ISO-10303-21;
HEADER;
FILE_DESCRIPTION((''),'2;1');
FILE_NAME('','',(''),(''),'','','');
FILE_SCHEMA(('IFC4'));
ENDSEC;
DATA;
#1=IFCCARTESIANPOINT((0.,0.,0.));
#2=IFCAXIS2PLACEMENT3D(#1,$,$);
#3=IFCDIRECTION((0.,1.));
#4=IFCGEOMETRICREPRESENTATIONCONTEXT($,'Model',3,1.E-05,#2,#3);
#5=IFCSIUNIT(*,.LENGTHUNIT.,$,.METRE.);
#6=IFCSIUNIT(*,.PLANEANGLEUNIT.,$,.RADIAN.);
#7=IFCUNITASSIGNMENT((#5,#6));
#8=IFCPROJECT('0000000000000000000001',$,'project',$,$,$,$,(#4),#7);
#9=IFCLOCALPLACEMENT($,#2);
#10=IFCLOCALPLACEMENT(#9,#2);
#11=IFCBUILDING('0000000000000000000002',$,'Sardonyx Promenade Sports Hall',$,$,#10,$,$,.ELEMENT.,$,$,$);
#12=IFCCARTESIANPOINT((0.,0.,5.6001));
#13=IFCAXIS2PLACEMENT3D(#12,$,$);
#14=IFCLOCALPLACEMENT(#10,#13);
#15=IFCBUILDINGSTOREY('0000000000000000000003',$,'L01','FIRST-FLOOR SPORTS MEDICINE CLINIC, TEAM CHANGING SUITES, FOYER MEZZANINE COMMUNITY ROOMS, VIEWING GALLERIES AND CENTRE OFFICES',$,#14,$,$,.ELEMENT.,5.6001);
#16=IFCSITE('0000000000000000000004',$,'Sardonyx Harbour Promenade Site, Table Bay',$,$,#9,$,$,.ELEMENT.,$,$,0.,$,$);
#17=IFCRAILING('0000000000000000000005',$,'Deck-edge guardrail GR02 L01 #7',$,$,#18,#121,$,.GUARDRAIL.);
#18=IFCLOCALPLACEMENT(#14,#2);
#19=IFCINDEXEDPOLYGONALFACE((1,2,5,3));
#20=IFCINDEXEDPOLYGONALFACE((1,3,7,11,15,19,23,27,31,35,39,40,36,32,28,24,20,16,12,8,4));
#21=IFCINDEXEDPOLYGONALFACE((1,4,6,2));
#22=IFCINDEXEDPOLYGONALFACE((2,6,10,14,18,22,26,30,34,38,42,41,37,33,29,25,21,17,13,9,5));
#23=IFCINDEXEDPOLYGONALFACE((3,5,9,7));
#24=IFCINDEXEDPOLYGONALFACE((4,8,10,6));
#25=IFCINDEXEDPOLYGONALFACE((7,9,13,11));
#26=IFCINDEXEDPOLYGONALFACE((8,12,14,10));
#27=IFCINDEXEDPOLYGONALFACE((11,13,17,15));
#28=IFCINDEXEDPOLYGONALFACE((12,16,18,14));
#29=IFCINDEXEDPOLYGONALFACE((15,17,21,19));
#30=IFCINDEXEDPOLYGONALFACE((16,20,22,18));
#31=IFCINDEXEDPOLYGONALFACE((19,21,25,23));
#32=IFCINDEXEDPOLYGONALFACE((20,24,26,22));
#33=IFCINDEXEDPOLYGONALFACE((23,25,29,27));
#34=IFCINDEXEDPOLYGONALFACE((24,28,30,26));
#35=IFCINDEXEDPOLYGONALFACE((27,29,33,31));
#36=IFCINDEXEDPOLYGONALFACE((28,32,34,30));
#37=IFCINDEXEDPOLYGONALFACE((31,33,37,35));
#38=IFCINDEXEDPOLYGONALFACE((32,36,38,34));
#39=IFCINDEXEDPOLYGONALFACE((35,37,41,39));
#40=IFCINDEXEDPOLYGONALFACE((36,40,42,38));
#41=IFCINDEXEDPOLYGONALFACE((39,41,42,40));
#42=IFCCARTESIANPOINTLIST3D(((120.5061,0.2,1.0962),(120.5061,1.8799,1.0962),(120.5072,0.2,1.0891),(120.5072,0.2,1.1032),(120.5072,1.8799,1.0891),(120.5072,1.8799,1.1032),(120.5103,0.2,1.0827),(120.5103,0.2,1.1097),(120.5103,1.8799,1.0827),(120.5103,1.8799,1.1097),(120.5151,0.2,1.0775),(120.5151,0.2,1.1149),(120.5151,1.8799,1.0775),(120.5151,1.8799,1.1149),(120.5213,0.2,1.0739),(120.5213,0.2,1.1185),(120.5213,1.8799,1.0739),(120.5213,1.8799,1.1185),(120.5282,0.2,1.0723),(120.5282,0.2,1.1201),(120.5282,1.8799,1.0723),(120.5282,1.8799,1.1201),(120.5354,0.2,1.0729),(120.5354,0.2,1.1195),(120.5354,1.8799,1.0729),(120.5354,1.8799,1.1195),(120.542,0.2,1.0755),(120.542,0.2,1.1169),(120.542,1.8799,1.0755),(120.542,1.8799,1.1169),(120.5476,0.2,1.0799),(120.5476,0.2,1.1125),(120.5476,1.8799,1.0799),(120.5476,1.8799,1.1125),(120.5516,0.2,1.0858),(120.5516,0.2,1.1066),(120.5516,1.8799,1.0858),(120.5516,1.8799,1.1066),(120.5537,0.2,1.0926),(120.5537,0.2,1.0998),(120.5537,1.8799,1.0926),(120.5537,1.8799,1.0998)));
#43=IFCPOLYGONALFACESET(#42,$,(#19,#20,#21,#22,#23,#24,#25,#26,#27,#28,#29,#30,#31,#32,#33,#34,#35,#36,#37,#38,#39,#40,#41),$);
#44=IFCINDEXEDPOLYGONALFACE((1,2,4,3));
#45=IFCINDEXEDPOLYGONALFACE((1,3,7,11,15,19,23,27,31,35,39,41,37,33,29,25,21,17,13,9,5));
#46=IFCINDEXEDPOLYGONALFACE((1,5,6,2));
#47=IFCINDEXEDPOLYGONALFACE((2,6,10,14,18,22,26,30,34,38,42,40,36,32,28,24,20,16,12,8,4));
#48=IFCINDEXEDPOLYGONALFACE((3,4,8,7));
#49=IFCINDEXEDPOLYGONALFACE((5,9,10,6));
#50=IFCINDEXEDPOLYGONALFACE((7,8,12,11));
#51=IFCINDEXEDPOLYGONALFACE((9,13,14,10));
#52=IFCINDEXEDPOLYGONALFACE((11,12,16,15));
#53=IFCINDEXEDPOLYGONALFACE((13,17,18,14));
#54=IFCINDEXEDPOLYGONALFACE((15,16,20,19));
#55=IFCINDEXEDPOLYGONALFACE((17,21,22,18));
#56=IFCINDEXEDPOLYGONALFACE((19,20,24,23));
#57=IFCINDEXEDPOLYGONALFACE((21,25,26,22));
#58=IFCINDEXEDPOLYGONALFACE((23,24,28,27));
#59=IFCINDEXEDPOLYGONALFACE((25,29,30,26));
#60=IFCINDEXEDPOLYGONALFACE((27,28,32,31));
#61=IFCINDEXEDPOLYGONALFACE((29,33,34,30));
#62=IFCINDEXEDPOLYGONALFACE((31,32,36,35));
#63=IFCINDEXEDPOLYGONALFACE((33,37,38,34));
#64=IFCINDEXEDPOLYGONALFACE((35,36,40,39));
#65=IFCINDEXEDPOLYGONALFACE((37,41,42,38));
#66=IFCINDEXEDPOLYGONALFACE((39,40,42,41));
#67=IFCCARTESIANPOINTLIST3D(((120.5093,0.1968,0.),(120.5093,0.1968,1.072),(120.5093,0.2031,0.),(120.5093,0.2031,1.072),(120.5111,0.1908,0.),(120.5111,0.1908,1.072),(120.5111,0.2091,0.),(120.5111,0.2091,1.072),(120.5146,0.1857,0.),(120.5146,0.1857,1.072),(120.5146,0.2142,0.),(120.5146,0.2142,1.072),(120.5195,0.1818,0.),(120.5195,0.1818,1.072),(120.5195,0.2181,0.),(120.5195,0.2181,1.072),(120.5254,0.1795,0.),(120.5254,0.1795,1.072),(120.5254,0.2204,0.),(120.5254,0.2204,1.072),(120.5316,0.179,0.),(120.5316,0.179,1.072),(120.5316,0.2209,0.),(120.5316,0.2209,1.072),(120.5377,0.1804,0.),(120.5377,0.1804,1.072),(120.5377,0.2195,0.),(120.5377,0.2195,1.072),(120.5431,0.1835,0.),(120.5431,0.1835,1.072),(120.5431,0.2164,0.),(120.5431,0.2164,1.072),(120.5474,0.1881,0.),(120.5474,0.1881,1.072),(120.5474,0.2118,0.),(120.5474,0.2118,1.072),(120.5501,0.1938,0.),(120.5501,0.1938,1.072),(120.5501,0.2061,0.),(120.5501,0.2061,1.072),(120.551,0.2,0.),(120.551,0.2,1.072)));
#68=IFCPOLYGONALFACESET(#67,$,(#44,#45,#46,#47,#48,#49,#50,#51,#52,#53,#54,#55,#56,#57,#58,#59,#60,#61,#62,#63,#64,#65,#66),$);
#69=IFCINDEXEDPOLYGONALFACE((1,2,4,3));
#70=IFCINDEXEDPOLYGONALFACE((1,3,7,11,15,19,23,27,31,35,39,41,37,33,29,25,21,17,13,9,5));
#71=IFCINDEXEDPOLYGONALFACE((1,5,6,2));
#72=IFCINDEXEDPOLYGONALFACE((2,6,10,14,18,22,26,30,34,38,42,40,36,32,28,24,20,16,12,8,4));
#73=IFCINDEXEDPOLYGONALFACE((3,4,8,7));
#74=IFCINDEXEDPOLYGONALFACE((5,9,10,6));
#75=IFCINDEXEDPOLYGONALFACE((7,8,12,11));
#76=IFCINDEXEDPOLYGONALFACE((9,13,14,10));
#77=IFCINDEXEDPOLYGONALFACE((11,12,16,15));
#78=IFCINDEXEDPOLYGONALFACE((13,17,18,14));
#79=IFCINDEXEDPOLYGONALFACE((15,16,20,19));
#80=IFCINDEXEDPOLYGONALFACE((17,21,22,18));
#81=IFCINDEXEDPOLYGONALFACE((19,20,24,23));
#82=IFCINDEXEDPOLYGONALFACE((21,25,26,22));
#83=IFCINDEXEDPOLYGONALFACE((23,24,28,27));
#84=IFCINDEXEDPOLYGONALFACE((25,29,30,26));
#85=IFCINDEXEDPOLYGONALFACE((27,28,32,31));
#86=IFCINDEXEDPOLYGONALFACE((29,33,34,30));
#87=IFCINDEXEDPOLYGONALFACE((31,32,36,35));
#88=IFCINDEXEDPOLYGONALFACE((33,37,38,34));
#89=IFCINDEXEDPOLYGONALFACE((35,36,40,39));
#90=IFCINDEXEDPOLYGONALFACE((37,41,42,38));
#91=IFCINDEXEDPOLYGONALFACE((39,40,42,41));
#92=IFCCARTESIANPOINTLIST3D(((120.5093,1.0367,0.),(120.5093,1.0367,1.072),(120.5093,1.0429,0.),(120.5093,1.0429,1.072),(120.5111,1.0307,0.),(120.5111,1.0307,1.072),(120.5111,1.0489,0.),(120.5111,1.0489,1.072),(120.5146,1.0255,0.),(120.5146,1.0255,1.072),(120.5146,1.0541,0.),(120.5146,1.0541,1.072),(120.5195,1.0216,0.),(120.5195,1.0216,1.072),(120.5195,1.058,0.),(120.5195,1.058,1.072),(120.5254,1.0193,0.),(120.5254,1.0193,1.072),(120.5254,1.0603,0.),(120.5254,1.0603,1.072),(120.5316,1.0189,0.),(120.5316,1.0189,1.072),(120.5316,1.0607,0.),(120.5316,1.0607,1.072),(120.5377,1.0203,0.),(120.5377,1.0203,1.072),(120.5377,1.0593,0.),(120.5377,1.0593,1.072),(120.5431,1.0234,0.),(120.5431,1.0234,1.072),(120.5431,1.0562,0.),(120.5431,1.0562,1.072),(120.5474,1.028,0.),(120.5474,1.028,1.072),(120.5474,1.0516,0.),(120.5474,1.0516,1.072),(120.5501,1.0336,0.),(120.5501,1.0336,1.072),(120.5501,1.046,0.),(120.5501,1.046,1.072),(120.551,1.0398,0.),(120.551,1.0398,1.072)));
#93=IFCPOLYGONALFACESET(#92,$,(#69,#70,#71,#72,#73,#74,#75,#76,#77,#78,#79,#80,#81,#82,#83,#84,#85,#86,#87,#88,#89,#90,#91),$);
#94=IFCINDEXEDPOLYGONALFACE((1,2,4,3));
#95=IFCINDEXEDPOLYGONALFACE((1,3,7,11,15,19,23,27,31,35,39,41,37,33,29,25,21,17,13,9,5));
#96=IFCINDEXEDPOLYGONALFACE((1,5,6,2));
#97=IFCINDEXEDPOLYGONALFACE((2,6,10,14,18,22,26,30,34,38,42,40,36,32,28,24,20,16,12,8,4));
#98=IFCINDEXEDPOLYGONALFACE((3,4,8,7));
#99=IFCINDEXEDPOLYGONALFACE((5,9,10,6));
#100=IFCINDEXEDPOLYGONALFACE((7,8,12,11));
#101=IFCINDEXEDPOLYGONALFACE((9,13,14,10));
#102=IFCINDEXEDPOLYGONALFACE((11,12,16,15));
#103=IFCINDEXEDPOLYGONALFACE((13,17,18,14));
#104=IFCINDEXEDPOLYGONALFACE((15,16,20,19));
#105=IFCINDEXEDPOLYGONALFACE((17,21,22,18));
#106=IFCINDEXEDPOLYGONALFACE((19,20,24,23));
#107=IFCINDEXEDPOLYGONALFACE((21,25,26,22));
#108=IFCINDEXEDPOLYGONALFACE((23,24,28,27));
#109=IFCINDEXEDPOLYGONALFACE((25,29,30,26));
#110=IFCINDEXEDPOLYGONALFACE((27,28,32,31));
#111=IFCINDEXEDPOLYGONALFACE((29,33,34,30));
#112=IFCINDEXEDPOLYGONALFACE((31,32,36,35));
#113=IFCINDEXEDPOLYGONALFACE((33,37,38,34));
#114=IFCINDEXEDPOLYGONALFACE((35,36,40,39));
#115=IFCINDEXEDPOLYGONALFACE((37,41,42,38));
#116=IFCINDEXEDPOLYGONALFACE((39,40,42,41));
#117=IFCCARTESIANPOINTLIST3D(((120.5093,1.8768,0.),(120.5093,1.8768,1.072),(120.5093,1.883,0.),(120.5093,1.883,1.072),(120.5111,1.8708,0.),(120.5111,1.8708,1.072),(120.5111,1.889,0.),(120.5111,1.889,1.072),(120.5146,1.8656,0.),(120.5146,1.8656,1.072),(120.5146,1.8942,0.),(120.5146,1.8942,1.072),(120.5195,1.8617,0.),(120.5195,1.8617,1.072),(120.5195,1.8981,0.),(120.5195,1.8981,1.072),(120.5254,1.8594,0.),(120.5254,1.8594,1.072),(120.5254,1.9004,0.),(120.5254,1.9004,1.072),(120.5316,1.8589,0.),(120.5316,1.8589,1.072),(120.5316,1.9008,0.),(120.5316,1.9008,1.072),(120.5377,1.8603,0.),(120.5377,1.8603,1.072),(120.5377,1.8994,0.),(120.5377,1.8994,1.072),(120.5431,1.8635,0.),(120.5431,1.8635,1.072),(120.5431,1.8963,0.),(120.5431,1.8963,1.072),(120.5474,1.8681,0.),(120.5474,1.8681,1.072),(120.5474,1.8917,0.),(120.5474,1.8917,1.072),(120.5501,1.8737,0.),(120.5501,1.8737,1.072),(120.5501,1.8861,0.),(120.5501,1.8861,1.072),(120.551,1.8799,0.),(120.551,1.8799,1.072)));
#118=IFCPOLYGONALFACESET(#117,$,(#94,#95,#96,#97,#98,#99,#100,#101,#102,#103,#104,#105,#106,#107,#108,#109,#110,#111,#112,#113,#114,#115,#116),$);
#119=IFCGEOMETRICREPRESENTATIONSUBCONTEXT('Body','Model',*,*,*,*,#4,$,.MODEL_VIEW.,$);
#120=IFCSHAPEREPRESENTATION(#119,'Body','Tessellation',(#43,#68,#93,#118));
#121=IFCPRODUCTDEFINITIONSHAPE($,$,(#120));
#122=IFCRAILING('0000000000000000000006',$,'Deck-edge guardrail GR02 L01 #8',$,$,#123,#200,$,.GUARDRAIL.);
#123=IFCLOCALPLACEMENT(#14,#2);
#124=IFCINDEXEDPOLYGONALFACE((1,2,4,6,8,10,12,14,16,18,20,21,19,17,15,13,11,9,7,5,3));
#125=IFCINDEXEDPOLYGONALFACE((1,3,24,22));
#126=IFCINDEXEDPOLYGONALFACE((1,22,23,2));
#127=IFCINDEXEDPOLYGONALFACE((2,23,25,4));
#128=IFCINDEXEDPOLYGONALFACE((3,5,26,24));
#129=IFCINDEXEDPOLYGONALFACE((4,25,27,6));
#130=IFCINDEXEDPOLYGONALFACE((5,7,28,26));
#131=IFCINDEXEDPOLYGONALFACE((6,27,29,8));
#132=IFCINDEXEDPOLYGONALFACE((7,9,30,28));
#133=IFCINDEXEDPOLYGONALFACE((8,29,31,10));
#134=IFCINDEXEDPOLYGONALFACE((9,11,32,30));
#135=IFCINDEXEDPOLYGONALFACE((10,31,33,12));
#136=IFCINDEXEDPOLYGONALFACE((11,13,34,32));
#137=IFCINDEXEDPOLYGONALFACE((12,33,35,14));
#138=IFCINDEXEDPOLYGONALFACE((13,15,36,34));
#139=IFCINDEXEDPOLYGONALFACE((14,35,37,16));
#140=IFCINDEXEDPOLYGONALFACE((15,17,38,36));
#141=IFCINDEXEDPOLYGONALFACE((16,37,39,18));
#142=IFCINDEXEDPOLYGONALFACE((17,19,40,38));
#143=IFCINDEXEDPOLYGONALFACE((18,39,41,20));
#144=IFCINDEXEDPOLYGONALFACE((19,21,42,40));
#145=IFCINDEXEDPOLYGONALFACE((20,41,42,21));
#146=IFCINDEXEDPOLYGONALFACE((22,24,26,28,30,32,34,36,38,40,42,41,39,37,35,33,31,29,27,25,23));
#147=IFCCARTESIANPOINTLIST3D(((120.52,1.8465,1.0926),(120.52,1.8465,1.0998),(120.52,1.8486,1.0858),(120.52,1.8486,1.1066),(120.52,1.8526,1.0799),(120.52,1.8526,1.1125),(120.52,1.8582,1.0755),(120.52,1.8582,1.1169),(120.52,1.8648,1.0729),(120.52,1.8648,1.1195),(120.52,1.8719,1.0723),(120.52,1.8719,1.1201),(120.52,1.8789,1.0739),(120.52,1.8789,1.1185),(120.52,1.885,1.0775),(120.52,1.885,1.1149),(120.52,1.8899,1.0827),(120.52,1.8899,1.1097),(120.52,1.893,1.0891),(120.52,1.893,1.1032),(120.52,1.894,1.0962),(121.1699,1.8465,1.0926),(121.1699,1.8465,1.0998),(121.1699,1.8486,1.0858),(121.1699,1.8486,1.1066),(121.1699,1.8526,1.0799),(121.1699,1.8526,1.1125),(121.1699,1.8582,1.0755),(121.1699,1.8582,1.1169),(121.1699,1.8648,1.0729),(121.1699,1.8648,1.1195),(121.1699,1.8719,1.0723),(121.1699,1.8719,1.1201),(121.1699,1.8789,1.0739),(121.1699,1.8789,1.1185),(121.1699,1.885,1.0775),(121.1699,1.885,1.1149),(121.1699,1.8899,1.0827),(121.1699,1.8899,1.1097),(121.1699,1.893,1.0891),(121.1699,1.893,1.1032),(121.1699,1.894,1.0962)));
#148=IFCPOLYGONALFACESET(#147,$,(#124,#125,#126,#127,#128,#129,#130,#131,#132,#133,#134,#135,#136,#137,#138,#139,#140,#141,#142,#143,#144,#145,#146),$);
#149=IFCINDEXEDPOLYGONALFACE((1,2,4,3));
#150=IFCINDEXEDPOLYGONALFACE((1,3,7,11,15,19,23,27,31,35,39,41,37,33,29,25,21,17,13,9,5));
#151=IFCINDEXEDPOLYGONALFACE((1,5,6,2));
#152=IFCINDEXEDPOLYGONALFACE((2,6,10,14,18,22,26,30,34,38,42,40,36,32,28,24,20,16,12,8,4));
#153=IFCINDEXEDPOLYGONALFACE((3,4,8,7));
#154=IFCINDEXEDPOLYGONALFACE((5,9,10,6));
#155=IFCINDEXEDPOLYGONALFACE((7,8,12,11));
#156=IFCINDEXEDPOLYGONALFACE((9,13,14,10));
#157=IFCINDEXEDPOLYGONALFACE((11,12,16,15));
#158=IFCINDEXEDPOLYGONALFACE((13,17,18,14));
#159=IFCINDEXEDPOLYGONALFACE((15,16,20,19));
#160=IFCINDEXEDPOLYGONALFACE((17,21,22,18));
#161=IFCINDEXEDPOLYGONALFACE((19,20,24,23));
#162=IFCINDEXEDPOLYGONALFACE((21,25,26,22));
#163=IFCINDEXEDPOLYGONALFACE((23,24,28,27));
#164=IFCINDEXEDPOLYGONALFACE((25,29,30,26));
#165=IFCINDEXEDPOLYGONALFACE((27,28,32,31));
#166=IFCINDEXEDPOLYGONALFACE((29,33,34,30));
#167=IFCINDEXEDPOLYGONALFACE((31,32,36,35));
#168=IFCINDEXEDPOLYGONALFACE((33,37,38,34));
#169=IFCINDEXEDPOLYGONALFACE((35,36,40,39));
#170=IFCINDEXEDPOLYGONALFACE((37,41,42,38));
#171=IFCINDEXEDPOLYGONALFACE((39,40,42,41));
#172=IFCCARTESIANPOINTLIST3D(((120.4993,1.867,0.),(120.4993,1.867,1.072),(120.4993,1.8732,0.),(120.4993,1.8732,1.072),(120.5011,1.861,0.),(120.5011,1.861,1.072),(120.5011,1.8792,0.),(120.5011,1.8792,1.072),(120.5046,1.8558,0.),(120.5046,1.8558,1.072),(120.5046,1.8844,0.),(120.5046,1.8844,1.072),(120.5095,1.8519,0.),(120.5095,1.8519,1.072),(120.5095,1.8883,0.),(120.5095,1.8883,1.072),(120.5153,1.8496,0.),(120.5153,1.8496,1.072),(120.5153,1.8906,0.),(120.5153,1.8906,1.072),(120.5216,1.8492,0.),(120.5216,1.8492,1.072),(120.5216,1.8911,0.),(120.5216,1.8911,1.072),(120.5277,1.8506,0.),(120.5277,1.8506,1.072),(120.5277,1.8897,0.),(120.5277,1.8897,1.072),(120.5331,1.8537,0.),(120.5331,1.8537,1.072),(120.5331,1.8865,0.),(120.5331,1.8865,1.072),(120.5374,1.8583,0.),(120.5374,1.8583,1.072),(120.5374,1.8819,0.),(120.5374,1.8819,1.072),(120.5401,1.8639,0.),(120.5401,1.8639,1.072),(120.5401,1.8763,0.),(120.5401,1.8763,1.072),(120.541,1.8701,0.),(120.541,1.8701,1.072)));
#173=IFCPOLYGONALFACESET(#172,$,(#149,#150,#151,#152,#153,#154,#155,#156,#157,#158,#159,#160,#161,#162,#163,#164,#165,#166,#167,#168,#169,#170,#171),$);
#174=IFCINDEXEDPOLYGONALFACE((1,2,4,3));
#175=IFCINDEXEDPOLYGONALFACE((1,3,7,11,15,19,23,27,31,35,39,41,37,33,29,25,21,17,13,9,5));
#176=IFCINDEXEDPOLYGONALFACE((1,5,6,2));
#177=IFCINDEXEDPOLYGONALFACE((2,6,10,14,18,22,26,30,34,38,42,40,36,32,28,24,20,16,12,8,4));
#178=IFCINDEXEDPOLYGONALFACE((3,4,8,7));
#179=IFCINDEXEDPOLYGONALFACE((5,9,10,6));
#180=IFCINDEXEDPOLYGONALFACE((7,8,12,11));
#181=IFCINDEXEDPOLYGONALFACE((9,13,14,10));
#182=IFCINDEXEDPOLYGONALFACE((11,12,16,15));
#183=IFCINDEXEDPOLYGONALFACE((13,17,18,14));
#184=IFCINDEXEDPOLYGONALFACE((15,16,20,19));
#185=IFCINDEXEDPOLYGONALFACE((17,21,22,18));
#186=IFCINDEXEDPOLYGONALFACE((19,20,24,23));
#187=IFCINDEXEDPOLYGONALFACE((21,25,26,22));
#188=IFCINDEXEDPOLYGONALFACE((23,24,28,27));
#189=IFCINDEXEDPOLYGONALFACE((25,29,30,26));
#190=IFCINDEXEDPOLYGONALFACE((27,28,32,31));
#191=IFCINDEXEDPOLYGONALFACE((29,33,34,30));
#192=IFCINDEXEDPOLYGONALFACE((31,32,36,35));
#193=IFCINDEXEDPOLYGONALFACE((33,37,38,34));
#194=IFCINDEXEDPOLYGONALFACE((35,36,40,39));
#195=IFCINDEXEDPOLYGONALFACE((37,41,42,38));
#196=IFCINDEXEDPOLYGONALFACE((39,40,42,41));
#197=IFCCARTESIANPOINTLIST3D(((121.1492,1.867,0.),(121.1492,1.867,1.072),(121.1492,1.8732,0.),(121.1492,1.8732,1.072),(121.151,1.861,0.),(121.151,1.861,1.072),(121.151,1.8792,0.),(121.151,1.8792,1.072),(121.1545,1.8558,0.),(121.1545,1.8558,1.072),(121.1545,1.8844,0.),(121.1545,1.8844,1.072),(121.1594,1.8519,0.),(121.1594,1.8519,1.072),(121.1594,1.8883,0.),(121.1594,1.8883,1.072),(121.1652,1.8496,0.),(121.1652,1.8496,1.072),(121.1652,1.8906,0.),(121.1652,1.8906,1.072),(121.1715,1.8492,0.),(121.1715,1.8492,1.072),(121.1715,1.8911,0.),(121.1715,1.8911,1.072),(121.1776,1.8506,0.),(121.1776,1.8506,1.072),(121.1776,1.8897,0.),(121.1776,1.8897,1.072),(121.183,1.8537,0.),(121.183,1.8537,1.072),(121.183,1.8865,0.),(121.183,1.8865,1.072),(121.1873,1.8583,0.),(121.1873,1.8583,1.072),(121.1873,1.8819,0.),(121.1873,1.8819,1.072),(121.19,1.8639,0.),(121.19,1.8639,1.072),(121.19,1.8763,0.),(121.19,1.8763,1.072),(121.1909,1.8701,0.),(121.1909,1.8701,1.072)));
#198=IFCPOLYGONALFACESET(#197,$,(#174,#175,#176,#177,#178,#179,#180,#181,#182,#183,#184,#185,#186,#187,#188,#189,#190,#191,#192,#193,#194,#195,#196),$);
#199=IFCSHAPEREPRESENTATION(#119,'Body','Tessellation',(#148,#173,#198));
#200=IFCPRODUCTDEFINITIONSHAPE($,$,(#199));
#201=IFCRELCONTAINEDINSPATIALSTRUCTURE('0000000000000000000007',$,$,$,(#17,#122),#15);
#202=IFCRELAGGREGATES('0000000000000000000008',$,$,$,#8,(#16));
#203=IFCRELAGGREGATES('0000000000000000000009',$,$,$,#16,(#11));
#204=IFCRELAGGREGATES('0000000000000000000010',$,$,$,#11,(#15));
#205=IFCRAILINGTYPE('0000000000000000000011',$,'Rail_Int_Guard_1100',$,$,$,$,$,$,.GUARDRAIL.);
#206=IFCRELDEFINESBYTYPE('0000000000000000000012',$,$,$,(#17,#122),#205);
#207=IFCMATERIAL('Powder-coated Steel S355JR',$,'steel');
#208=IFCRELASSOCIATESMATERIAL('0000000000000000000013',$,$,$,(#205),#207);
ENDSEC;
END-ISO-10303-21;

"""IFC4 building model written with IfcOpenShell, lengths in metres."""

from ifc_helpers import new_model, si_unit, direction, frame, origin, origin_2d, place, context, subcontext, project, spatial, circle, extrude, material, type_object, element, save


model = new_model("IFC4")

# Units and contexts
model_context = context("Model", 3, precision=1e-05, world=origin(), true_north=direction((0.0, 1.0)))
body_context = subcontext(model_context, "Body", "Model", "MODEL_VIEW")
ifc_project = project(units=[si_unit("LENGTHUNIT", "METRE"), si_unit("PLANEANGLEUNIT", "RADIAN")], contexts=[model_context])

# Site, building, storey
site_placement = place(None, origin())
site = spatial("IfcSite", under=ifc_project, at=site_placement, Name="Sardonyx Harbour Promenade Site, Table Bay", CompositionType="ELEMENT", RefElevation=0.0)
building_placement = place(site_placement, origin())
building = spatial("IfcBuilding", under=site, at=building_placement, Name="Sardonyx Promenade Sports Hall", CompositionType="ELEMENT")
storey_placement = place(building_placement, frame((0.0, 0.0, 5.6001)))
storey = spatial("IfcBuildingStorey", under=building, at=storey_placement, Name="L01", Description="FIRST-FLOOR SPORTS MEDICINE CLINIC, TEAM CHANGING SUITES, FOYER MEZZANINE COMMUNITY ROOMS, VIEWING GALLERIES AND CENTRE OFFICES", CompositionType="ELEMENT", Elevation=5.6001)

# Railings
ifc_material_1 = material(Name="Powder-coated Steel S355JR", Category="steel")
railing_type = type_object("IfcRailingType", Name="Rail_Int_Guard_1100", PredefinedType="GUARDRAIL", material=ifc_material_1)
railing_1_placement = place(storey_placement, frame((120.53, 0.2, 0.0)))
element("IfcRailing", 1, at=railing_1_placement, inside=storey, type_object=railing_type, Name="Deck-edge guardrail GR02 L01 #7", PredefinedType="GUARDRAIL", context=body_context, shape_type="SweptSolid", body=[
    extrude(circle(Radius=0.0239, at=origin_2d()), frame((0.0, 0.0, 1.0962), z_axis=(0.0, 1.0, 0.0), x_axis=(-1.0, 0.0, 0.0)), (0.0, 0.0, 1.0), 1.6799),
    extrude(circle(Radius=0.021, at=origin_2d()), origin(), (0.0, 0.0, 1.0), 1.072),
    extrude(circle(Radius=0.021, at=origin_2d()), frame((0.0, 0.8398, 0.0)), (0.0, 0.0, 1.0), 1.072),
    extrude(circle(Radius=0.021, at=origin_2d()), frame((0.0, 1.6799, 0.0)), (0.0, 0.0, 1.0), 1.072),
])
railing_2_placement = place(storey_placement, frame((120.52, 1.8701, 0.0)))
element("IfcRailing", 2, at=railing_2_placement, inside=storey, type_object=railing_type, Name="Deck-edge guardrail GR02 L01 #8", PredefinedType="GUARDRAIL", context=body_context, shape_type="SweptSolid", body=[
    extrude(circle(Radius=0.0239, at=origin_2d()), frame((0.0, 0.0, 1.0962), z_axis=(1.0, 0.0, 0.0), x_axis=(0.0, 1.0, 0.0)), (0.0, 0.0, 1.0), 0.6499),
    extrude(circle(Radius=0.021, at=origin_2d()), origin(), (0.0, 0.0, 1.0), 1.072),
    extrude(circle(Radius=0.021, at=origin_2d()), frame((0.6499, 0.0, 0.0)), (0.0, 0.0, 1.0), 1.072),
])

save(model, "model.ifc")
